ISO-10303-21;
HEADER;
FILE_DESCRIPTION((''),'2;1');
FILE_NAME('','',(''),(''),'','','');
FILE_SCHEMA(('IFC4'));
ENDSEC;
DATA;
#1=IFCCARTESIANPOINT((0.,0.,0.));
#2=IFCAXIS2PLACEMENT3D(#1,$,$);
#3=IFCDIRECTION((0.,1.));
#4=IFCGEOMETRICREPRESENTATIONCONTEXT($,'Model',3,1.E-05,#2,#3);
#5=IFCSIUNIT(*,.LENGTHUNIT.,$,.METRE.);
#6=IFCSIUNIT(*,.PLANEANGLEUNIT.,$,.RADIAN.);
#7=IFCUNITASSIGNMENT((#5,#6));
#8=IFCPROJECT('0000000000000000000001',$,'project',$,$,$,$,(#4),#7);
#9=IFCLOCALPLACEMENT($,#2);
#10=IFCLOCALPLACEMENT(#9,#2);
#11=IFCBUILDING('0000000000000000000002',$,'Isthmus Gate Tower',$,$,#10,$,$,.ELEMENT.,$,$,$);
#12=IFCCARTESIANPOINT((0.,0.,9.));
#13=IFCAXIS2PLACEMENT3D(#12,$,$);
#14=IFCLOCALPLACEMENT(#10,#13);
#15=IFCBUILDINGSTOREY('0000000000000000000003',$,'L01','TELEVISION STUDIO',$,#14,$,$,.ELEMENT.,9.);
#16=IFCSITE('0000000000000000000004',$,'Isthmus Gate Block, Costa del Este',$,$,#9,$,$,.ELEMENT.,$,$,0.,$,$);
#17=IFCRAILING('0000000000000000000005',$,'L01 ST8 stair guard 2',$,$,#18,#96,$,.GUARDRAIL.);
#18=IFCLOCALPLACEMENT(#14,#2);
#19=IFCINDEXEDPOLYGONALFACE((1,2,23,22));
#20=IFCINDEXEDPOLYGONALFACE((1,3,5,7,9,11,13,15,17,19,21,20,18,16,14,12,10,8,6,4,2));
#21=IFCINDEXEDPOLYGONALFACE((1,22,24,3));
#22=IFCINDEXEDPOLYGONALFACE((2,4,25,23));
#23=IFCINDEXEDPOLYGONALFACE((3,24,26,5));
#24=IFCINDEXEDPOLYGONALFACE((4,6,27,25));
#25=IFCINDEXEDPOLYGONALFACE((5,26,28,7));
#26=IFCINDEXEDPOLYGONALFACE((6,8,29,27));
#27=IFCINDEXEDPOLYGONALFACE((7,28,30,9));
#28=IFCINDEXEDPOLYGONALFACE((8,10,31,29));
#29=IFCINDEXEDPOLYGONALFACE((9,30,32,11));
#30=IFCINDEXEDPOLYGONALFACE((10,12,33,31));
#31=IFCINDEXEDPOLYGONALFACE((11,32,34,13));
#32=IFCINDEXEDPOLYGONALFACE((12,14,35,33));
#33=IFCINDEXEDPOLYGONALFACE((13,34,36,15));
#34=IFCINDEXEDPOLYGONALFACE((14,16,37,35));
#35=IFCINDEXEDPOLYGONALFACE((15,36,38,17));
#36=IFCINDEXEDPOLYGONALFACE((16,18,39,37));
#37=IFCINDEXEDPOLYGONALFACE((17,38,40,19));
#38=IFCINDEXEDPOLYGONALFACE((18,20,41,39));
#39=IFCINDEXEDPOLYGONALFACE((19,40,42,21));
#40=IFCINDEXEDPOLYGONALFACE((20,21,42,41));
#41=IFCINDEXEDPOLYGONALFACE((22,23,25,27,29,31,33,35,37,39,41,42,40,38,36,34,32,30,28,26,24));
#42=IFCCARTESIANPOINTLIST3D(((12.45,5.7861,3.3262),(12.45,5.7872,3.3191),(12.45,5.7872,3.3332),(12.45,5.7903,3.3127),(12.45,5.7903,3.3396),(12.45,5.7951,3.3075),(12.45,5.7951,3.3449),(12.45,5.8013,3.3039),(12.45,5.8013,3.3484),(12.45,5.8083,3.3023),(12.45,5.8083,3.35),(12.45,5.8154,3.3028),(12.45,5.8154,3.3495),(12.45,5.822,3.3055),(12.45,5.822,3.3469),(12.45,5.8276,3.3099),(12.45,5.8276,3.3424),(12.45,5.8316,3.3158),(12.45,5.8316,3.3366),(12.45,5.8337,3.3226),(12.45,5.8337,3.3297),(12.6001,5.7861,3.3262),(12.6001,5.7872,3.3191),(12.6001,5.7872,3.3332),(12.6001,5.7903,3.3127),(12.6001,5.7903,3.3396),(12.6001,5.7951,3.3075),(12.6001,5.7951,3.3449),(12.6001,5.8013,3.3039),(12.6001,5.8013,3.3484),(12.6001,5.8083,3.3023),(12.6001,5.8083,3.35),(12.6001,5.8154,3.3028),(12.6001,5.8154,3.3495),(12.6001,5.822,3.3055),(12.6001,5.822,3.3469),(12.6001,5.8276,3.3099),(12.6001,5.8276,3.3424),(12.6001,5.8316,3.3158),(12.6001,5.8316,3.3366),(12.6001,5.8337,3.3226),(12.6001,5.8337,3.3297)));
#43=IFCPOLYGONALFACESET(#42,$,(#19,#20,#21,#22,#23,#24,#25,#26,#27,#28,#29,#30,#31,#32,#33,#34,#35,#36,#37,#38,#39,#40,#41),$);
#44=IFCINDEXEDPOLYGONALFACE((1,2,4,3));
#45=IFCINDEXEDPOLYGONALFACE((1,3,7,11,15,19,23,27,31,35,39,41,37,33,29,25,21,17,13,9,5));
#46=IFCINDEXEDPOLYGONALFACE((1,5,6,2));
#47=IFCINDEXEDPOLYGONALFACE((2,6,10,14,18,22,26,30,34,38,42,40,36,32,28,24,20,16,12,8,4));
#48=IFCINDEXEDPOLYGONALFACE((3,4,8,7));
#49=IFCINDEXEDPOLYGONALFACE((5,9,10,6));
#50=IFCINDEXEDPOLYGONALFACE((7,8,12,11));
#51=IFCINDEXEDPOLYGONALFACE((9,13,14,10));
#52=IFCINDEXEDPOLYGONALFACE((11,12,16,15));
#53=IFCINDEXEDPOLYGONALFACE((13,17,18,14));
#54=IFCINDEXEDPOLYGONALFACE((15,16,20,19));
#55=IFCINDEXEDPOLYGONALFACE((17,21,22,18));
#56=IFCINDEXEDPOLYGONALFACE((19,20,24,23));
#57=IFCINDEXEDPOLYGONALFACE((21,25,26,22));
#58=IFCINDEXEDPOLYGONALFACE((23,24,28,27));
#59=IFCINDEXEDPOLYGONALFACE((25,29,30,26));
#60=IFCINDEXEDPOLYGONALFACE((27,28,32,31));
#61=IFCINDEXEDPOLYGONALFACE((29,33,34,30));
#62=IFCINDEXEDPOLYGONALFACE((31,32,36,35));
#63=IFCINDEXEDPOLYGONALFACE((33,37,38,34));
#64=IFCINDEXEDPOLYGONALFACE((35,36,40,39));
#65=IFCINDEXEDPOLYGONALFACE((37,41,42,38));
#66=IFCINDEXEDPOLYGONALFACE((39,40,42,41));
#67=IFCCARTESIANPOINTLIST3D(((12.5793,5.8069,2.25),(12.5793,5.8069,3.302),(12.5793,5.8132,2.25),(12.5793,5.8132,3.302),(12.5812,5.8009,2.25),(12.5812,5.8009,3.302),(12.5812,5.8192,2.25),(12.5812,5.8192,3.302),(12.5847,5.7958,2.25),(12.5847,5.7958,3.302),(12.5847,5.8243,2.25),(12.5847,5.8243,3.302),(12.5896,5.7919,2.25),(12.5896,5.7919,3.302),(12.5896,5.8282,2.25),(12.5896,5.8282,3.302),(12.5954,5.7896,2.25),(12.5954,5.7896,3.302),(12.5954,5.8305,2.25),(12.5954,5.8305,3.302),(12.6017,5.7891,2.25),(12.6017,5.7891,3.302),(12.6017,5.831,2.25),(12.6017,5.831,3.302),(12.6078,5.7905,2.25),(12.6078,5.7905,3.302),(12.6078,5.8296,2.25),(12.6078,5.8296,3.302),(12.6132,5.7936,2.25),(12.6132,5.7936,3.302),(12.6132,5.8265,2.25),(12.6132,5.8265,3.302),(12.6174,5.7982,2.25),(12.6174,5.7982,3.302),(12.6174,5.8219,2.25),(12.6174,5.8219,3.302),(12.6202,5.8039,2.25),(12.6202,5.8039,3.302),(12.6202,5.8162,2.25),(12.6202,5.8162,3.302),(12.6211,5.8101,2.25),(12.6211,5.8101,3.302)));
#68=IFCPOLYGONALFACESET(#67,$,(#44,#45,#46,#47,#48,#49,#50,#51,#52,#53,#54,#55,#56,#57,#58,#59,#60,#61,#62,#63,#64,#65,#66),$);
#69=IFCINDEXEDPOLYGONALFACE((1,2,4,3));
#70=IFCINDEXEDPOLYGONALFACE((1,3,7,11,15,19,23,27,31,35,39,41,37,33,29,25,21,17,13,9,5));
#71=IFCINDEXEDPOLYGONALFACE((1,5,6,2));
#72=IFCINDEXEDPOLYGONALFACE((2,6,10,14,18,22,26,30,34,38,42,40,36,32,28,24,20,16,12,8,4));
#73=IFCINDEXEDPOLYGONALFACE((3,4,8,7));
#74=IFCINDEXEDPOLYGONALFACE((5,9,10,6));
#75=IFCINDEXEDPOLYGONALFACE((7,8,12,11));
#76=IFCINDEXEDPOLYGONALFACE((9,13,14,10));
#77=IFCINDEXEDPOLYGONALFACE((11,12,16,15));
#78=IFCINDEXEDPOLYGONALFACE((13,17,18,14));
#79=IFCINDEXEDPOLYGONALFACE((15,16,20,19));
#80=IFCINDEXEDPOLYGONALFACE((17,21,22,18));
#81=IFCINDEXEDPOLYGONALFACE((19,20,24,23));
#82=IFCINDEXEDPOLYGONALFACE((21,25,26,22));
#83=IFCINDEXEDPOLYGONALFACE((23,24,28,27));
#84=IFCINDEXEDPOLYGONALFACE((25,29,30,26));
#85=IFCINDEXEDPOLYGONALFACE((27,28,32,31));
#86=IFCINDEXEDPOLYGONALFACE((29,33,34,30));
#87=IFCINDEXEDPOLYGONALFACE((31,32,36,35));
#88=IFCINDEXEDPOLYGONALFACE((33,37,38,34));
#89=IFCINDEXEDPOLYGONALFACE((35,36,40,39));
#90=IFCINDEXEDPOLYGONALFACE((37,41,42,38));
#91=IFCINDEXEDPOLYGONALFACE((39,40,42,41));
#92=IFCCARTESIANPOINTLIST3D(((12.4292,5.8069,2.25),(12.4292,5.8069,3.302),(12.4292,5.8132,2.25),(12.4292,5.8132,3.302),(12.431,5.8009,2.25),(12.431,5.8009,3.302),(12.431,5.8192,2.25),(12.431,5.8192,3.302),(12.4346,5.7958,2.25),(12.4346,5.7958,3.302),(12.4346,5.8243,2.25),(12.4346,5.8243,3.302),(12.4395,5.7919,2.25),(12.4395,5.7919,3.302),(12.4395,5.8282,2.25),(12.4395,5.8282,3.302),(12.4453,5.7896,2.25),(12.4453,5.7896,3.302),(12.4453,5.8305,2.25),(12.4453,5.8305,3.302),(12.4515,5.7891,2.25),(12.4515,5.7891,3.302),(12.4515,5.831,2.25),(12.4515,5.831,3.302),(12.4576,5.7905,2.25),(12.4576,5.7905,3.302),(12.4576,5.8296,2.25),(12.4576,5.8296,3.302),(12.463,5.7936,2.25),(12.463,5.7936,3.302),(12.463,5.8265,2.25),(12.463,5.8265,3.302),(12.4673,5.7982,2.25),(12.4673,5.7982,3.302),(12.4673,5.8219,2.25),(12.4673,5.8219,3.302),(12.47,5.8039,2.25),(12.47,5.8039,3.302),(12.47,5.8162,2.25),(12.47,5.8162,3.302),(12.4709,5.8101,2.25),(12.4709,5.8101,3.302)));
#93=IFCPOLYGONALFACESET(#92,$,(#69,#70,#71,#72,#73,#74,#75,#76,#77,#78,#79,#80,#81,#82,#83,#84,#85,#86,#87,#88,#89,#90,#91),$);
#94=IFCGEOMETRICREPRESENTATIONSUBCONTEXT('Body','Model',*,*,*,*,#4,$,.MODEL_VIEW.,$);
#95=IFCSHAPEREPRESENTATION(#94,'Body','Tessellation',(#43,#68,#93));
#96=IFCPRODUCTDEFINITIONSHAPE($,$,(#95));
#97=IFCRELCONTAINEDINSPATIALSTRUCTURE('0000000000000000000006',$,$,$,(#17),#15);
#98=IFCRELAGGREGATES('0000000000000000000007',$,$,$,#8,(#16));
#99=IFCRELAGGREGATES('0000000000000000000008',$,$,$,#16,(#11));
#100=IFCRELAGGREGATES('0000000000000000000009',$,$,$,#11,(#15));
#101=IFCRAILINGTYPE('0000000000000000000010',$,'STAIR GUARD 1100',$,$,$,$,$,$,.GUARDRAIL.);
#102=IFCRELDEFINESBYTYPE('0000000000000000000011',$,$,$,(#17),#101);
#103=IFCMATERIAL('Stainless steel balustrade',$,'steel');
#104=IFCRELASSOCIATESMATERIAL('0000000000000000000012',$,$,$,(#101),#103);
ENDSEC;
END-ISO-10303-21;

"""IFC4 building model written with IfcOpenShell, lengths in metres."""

from ifc_helpers import new_model, si_unit, direction, frame, origin, origin_2d, place, context, subcontext, project, spatial, circle, extrude, material, type_object, element, save


model = new_model("IFC4")

# Units and contexts
model_context = context("Model", 3, precision=1e-05, world=origin(), true_north=direction((0.0, 1.0)))
body_context = subcontext(model_context, "Body", "Model", "MODEL_VIEW")
ifc_project = project(units=[si_unit("LENGTHUNIT", "METRE"), si_unit("PLANEANGLEUNIT", "RADIAN")], contexts=[model_context])

# Site, building, storey
site_placement = place(None, origin())
site = spatial("IfcSite", under=ifc_project, at=site_placement, Name="Isthmus Gate Block, Costa del Este", CompositionType="ELEMENT", RefElevation=0.0)
building_placement = place(site_placement, origin())
building = spatial("IfcBuilding", under=site, at=building_placement, Name="Isthmus Gate Tower", CompositionType="ELEMENT")
storey_placement = place(building_placement, frame((0.0, 0.0, 9.0)))
storey = spatial("IfcBuildingStorey", under=building, at=storey_placement, Name="L01", Description="TELEVISION STUDIO", CompositionType="ELEMENT", Elevation=9.0)

# Railing
ifc_material_1 = material(Name="Stainless steel balustrade", Category="steel")
railing_type_1 = type_object("IfcRailingType", Name="STAIR GUARD 1100", PredefinedType="GUARDRAIL", material=ifc_material_1)
railing_1_placement = place(storey_placement, frame((12.6001, 5.8101, 2.25)))
element("IfcRailing", 1, at=railing_1_placement, inside=storey, type_object=railing_type_1, Name="L01 ST8 stair guard 2", PredefinedType="GUARDRAIL", context=body_context, shape_type="SweptSolid", body=[
    extrude(circle(Radius=0.0239, at=origin_2d()), frame((0.0, 0.0, 1.0762), z_axis=(-1.0, 0.0, 0.0), x_axis=(0.0, -1.0, 0.0)), (0.0, 0.0, 1.0), 0.1501),
    extrude(circle(Radius=0.021, at=origin_2d()), origin(), (0.0, 0.0, 1.0), 1.052),
    extrude(circle(Radius=0.021, at=origin_2d()), frame((-0.1501, 0.0, 0.0)), (0.0, 0.0, 1.0), 1.052),
])

save(model, "model.ifc")
